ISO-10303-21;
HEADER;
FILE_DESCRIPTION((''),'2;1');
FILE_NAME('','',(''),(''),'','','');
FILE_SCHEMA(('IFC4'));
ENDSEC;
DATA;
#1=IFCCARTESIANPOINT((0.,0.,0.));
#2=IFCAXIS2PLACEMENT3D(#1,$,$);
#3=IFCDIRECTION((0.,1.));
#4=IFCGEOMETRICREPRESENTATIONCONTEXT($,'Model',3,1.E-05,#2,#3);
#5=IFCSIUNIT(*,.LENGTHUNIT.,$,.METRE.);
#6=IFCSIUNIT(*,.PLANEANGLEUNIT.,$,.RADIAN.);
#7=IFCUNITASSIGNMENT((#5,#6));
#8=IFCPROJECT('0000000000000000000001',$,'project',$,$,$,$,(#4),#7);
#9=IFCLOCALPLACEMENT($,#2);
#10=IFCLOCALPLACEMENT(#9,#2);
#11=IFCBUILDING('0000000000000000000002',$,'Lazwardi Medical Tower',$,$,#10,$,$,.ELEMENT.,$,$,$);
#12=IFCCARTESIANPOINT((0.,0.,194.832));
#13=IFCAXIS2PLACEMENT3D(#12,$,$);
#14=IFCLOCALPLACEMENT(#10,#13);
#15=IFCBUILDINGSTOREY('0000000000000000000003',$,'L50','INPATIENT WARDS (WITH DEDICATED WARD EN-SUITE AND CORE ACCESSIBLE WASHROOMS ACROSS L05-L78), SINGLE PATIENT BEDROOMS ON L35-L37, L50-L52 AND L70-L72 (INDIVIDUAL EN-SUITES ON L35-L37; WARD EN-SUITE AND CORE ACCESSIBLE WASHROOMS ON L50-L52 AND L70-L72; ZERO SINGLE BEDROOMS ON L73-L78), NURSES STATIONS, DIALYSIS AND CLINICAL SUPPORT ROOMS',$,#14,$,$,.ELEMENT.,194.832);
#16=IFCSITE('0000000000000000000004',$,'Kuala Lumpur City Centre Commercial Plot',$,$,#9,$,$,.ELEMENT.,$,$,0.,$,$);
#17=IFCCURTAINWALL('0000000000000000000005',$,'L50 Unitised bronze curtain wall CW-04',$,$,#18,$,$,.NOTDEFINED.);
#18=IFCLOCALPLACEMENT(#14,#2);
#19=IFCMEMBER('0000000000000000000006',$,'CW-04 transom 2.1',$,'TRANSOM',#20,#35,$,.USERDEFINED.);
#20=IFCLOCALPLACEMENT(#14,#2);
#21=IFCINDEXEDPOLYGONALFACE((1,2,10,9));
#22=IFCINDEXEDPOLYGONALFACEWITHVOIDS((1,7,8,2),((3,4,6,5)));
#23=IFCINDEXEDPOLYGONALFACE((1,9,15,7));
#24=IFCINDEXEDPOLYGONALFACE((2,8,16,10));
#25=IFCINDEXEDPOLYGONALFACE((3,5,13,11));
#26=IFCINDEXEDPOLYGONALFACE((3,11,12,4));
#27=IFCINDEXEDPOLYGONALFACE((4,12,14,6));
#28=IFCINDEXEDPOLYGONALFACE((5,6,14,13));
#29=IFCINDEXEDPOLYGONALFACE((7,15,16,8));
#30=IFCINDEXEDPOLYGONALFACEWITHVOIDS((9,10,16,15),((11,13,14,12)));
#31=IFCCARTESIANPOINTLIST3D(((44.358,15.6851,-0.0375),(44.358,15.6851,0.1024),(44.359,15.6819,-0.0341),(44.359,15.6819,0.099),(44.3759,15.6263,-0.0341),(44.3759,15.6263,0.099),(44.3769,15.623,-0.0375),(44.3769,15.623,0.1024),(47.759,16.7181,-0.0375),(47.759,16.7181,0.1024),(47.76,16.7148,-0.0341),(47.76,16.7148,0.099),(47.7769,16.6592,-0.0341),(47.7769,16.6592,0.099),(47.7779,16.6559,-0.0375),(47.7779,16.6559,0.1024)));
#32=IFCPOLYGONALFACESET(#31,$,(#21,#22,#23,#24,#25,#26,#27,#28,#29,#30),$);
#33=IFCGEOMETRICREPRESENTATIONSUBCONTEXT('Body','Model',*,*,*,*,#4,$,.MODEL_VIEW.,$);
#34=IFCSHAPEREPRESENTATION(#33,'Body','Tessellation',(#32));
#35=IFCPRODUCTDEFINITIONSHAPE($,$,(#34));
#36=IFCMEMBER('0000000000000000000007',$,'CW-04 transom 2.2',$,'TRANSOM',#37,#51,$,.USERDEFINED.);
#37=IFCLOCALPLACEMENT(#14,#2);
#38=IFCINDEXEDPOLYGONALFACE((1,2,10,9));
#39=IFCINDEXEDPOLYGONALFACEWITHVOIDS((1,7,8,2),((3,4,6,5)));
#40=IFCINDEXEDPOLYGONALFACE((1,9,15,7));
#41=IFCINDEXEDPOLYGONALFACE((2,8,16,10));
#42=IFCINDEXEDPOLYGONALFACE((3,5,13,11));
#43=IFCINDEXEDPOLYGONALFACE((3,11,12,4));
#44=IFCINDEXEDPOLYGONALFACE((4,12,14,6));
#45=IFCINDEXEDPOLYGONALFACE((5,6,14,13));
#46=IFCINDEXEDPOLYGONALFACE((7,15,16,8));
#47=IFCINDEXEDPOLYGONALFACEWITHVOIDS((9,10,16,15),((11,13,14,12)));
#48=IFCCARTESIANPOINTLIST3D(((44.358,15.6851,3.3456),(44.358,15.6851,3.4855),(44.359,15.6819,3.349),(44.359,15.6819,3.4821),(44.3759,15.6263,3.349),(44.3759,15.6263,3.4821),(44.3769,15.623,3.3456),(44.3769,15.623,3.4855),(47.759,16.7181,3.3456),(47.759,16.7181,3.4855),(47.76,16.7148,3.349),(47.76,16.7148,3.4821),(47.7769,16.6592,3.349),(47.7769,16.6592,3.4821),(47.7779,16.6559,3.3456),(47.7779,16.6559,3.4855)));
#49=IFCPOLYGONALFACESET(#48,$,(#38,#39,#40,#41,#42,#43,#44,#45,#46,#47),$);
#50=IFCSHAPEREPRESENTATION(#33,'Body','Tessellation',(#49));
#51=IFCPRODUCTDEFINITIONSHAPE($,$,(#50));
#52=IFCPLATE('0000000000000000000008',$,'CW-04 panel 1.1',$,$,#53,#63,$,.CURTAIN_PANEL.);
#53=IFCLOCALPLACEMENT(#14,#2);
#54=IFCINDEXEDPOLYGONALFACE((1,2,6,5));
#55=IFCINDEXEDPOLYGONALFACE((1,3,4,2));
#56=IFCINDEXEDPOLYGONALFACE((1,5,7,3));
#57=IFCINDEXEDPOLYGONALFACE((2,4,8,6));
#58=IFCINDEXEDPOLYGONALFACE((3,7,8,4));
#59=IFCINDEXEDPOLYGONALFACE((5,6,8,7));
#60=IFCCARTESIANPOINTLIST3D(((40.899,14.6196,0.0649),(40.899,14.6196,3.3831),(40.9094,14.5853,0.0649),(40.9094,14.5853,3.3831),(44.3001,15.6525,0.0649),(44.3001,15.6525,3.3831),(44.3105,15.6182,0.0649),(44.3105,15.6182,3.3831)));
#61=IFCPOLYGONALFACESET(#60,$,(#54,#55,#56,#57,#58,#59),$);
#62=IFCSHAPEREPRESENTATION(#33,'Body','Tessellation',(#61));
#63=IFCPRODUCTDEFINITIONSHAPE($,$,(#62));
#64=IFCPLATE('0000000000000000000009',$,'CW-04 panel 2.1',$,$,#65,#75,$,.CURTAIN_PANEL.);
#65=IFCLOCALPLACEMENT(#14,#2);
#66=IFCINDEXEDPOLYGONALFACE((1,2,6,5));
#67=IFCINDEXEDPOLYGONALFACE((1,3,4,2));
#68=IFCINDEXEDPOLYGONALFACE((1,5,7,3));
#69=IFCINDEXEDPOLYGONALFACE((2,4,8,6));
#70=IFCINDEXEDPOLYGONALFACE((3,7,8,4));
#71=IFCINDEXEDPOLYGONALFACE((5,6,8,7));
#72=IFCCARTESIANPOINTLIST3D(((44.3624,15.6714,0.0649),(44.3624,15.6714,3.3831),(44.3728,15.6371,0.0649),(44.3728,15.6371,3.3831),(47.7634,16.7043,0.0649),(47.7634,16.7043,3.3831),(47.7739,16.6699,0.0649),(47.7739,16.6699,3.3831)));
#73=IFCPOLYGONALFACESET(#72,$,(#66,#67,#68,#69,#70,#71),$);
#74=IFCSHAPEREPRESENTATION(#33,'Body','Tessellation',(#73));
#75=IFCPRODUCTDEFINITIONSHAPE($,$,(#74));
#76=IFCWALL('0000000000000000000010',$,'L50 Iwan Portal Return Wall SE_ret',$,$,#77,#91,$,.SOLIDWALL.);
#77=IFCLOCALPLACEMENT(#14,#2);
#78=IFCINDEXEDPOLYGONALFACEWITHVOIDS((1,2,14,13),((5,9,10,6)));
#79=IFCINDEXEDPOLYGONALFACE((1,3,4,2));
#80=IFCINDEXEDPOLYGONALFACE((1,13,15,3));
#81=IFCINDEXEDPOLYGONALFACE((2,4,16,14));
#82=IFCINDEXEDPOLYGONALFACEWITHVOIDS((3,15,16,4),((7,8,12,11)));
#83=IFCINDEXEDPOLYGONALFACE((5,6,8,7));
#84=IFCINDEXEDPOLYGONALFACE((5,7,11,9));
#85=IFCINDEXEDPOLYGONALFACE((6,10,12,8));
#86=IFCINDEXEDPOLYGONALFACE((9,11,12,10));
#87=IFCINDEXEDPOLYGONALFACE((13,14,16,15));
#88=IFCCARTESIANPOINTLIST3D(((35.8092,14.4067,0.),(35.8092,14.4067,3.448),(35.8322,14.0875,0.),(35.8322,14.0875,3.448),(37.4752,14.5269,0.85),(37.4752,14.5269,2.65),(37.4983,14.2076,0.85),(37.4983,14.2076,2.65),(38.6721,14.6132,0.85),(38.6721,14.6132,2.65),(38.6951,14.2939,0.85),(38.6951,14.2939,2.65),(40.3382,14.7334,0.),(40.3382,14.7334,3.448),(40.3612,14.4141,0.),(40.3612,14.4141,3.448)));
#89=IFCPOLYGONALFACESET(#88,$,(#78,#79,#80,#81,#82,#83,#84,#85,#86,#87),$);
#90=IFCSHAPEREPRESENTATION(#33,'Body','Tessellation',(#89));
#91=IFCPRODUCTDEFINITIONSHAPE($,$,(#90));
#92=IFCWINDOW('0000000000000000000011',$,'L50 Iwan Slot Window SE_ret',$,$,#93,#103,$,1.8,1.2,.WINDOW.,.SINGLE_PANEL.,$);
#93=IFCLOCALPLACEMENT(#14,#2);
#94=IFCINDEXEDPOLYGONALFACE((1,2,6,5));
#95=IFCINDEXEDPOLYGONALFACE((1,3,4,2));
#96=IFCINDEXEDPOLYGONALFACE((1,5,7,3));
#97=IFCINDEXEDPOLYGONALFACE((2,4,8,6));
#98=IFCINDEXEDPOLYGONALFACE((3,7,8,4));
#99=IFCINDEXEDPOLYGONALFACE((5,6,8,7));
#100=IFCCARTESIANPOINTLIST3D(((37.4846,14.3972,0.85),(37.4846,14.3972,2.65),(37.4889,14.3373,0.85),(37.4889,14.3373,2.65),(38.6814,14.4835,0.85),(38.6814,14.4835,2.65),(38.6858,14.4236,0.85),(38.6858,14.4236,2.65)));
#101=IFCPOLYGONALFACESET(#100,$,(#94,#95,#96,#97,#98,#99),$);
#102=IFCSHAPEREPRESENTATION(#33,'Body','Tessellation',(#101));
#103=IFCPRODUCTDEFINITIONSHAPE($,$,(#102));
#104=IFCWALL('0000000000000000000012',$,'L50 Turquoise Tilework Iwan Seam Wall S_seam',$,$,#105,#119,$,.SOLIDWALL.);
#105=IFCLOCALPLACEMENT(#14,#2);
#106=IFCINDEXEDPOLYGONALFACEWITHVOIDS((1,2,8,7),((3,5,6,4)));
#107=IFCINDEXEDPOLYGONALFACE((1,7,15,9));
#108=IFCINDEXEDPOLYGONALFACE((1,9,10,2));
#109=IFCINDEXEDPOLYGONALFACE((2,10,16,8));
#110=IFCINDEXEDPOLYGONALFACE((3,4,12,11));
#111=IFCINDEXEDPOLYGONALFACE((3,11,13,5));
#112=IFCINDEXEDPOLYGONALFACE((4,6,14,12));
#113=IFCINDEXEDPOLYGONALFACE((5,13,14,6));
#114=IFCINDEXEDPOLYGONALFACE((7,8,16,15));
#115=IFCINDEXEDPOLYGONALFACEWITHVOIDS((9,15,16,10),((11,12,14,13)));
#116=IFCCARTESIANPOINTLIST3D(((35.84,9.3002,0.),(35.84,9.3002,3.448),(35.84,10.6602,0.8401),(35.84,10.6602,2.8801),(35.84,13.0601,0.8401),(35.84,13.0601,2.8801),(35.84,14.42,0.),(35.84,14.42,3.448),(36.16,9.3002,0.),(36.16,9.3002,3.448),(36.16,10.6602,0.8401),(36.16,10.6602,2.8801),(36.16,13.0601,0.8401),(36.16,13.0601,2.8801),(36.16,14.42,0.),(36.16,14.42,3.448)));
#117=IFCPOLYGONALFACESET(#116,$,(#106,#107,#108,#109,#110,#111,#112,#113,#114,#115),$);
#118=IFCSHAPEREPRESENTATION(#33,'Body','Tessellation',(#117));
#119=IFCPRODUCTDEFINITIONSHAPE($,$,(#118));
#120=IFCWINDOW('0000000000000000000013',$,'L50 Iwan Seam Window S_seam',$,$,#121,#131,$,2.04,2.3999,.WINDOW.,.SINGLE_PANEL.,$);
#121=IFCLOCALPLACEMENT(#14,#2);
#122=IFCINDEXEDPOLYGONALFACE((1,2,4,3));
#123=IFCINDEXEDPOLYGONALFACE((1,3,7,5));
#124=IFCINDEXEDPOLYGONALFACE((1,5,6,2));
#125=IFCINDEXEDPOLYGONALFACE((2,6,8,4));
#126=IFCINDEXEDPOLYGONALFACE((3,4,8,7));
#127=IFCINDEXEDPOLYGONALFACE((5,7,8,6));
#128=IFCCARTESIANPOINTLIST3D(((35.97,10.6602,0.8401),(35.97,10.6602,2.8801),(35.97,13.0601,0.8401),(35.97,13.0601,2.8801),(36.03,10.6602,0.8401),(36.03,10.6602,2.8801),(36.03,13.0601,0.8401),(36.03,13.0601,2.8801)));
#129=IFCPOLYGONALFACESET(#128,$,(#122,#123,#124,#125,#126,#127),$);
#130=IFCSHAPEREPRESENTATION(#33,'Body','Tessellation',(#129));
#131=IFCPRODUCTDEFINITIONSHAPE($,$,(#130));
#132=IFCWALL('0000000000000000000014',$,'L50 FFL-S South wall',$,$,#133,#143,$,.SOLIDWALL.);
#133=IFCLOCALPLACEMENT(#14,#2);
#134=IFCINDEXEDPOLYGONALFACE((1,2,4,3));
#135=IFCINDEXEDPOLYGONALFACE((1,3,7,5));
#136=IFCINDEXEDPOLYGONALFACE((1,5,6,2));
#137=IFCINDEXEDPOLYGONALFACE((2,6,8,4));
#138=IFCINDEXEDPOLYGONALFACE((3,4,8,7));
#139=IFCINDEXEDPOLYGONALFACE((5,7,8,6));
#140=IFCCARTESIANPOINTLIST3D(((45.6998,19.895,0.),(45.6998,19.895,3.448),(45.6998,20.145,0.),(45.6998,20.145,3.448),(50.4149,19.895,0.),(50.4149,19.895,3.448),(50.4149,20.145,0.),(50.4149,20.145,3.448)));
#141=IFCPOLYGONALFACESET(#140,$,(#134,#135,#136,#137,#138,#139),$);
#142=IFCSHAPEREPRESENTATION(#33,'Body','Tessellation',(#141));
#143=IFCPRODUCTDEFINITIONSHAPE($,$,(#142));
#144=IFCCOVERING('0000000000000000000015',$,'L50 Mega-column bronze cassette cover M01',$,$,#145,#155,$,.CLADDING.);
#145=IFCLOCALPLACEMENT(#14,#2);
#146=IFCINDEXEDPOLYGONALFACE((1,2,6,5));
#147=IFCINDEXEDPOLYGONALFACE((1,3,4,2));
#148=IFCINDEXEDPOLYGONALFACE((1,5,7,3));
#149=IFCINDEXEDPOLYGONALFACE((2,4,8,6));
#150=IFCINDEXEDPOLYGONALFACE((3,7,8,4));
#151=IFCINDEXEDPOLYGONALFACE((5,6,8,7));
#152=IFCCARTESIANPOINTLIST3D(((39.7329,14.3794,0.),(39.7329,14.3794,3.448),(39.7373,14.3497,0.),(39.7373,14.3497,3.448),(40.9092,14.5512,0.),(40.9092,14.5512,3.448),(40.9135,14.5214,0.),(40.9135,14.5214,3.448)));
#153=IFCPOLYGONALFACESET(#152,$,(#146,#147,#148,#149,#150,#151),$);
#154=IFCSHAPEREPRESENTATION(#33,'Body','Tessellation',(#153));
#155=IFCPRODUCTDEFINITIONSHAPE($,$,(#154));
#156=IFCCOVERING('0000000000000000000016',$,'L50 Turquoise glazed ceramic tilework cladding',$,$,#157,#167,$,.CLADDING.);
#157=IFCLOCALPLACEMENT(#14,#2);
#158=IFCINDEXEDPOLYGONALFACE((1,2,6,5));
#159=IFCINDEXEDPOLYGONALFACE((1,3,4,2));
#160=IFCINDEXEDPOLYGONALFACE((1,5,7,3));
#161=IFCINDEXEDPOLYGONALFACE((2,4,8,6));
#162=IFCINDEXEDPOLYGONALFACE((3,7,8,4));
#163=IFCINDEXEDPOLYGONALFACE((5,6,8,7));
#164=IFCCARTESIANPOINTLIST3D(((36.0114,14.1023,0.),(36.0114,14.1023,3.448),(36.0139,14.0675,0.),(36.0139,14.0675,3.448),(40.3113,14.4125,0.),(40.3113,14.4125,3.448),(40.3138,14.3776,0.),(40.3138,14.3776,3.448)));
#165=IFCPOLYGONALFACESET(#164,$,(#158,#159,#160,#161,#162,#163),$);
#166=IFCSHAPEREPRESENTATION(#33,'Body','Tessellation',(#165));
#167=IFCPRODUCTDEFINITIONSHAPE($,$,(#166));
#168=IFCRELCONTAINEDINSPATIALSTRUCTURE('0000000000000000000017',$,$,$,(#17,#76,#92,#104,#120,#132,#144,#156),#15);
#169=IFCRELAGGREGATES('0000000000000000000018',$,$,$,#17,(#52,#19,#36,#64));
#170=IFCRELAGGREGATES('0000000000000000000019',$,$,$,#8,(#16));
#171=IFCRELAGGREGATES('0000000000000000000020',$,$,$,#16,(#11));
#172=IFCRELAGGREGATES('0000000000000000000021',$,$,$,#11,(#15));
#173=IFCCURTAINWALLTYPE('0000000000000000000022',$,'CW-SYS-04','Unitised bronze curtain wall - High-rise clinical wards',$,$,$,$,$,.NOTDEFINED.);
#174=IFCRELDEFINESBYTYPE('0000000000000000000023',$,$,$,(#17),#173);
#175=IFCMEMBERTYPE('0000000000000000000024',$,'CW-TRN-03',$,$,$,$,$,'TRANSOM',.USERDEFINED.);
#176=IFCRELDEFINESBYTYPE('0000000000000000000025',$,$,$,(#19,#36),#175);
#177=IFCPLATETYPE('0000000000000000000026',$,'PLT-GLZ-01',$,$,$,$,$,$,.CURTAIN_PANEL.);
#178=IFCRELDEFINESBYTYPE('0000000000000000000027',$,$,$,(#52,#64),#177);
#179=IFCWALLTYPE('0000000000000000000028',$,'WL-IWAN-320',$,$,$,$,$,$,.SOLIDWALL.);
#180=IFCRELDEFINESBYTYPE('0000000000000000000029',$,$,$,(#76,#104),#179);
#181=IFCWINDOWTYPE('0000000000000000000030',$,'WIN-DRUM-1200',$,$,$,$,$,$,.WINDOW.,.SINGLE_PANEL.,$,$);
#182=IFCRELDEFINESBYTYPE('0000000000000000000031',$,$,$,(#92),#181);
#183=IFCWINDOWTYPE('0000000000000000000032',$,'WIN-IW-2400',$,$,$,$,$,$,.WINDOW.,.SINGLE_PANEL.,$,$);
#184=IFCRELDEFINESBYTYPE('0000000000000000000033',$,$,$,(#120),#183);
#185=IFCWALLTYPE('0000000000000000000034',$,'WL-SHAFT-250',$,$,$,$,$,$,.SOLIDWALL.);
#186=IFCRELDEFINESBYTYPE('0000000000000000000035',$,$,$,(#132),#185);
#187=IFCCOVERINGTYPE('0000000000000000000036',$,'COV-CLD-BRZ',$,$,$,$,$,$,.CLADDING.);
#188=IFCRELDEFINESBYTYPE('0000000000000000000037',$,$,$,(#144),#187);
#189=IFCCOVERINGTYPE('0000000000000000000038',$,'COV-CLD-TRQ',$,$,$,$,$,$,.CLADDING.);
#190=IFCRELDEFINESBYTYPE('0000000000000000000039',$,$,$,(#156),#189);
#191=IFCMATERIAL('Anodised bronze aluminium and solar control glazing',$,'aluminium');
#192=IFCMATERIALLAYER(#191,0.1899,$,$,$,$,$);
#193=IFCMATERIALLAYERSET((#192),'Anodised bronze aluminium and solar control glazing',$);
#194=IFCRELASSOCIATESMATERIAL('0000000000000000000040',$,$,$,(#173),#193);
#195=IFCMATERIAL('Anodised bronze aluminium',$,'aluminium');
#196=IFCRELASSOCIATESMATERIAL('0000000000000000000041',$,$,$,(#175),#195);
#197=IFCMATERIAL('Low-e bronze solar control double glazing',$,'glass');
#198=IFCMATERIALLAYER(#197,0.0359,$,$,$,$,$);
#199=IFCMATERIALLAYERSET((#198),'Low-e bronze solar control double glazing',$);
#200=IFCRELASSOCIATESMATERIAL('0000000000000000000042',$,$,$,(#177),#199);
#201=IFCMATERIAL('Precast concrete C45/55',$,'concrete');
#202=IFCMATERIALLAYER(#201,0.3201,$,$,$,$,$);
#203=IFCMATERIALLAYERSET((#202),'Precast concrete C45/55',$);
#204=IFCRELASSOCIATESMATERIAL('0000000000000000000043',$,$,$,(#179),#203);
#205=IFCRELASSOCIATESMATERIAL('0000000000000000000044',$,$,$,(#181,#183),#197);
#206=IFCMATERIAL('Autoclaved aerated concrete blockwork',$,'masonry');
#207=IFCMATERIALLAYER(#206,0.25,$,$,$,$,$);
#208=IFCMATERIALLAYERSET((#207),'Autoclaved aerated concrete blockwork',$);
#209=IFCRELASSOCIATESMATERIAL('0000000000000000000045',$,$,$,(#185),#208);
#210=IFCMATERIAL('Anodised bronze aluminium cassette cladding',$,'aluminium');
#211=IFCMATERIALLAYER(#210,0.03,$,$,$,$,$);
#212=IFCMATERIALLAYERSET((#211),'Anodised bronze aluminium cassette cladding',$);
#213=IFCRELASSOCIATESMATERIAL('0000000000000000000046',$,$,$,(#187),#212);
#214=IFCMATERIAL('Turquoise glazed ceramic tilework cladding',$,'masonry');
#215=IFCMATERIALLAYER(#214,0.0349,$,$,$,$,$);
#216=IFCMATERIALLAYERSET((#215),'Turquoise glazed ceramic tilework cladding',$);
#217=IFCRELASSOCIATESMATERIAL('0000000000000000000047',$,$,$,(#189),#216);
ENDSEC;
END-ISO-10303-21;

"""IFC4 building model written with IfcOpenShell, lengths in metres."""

from ifc_helpers import new_model, si_unit, direction, frame, frame_2d, origin, origin_2d, place, context, subcontext, project, spatial, rectangle, hollow_rectangle, extrude, material, layer, layer_set, material_profile, profile_set, type_object, element, fill, aggregate, save


model = new_model("IFC4")

# Units and contexts
model_context = context("Model", 3, precision=1e-05, world=origin(), true_north=direction((0.0, 1.0)))
body_context = subcontext(model_context, "Body", "Model", "MODEL_VIEW")
ifc_project = project(units=[si_unit("LENGTHUNIT", "METRE"), si_unit("PLANEANGLEUNIT", "RADIAN")], contexts=[model_context])

# Site, building, storey
site_placement = place(None, origin())
site = spatial("IfcSite", under=ifc_project, at=site_placement, Name="Kuala Lumpur City Centre Commercial Plot", CompositionType="ELEMENT", RefElevation=0.0)
building_placement = place(site_placement, origin())
building = spatial("IfcBuilding", under=site, at=building_placement, Name="Lazwardi Medical Tower", CompositionType="ELEMENT")
storey_placement = place(building_placement, frame((0.0, 0.0, 194.832)))
storey = spatial("IfcBuildingStorey", under=building, at=storey_placement, Name="L50", Description="INPATIENT WARDS (WITH DEDICATED WARD EN-SUITE AND CORE ACCESSIBLE WASHROOMS ACROSS L05-L78), SINGLE PATIENT BEDROOMS ON L35-L37, L50-L52 AND L70-L72 (INDIVIDUAL EN-SUITES ON L35-L37; WARD EN-SUITE AND CORE ACCESSIBLE WASHROOMS ON L50-L52 AND L70-L72; ZERO SINGLE BEDROOMS ON L73-L78), NURSES STATIONS, DIALYSIS AND CLINICAL SUPPORT ROOMS", CompositionType="ELEMENT", Elevation=194.832)

# Curtain wall, members, plates
ifc_material_1 = material(Name="Anodised bronze aluminium and solar control glazing", Category="aluminium")
ifc_layer_1 = layer(ifc_material_1, 0.1899)
ifc_layer_set_1 = layer_set([ifc_layer_1], Name="Anodised bronze aluminium and solar control glazing")
curtain_wall_type = type_object("IfcCurtainWallType", Name="CW-SYS-04", Description="Unitised bronze curtain wall - High-rise clinical wards", PredefinedType="NOTDEFINED", material=ifc_layer_set_1)
curtain_wall_placement = place(storey_placement, origin())
curtain_wall = element("IfcCurtainWall", 1, at=curtain_wall_placement, inside=storey, type_object=curtain_wall_type, Name="L50 Unitised bronze curtain wall CW-04", PredefinedType="NOTDEFINED")
ifc_material_2 = material(Name="Anodised bronze aluminium", Category="aluminium")
ifc_material_profile_1 = material_profile(ifc_material_2, hollow_rectangle(XDim=0.0649, YDim=0.1399, WallThickness=0.0034, at=origin_2d()), Name="ALU-TRANSOM 140x65x3.5")
ifc_profile_set_1 = profile_set([ifc_material_profile_1], Name="Anodised bronze aluminium")
member_type_1 = type_object("IfcMemberType", Name="CW-TRN-03", ElementType="TRANSOM", PredefinedType="USERDEFINED", material=ifc_profile_set_1)
member_1_placement = place(storey_placement, frame((44.3674, 15.6541, 0.0325), z_axis=(0.956843, 0.290604, 0.0), x_axis=(-0.290604, 0.956843, 0.0)))
member_1 = element("IfcMember", 2, at=member_1_placement, type_object=member_type_1, Name="CW-04 transom 2.1", ObjectType="TRANSOM", PredefinedType="USERDEFINED", context=body_context, shape_type="SweptSolid", body=[
    extrude(hollow_rectangle(XDim=0.0649, YDim=0.1399, WallThickness=0.0034, at=origin_2d()), origin(), (0.0, 0.0, 1.0), 3.5544),
])
member_2_placement = place(storey_placement, frame((44.3674, 15.6541, 3.4155), z_axis=(0.956843, 0.290604, 0.0), x_axis=(-0.290604, 0.956843, 0.0)))
member_2 = element("IfcMember", 3, at=member_2_placement, type_object=member_type_1, Name="CW-04 transom 2.2", ObjectType="TRANSOM", PredefinedType="USERDEFINED", context=body_context, shape_type="SweptSolid", body=[
    extrude(hollow_rectangle(XDim=0.0649, YDim=0.1399, WallThickness=0.0034, at=origin_2d()), origin(), (0.0, 0.0, 1.0), 3.5544),
])
ifc_material_3 = material(Name="Low-e bronze solar control double glazing", Category="glass")
ifc_layer_2 = layer(ifc_material_3, 0.0359)
ifc_layer_set_2 = layer_set([ifc_layer_2], Name="Low-e bronze solar control double glazing")
plate_type = type_object("IfcPlateType", Name="PLT-GLZ-01", PredefinedType="CURTAIN_PANEL", material=ifc_layer_set_2)
plate_1_placement = place(storey_placement, frame((42.6047, 15.1189, 0.0649), z_axis=(0.0, 0.0, 1.0), x_axis=(0.95685, 0.290582, 0.0)))
plate_1 = element("IfcPlate", 4, at=plate_1_placement, type_object=plate_type, Name="CW-04 panel 1.1", PredefinedType="CURTAIN_PANEL", context=body_context, shape_type="SweptSolid", body=[
    extrude(rectangle(XDim=3.5544, YDim=0.0359, at=origin_2d()), origin(), (0.0, 0.0, 1.0), 3.3181),
])
plate_2_placement = place(storey_placement, frame((46.0681, 16.1707, 0.0649), z_axis=(0.0, 0.0, 1.0), x_axis=(0.95685, 0.290582, 0.0)))
plate_2 = element("IfcPlate", 5, at=plate_2_placement, type_object=plate_type, Name="CW-04 panel 2.1", PredefinedType="CURTAIN_PANEL", context=body_context, shape_type="SweptSolid", body=[
    extrude(rectangle(XDim=3.5544, YDim=0.0359, at=origin_2d()), origin(), (0.0, 0.0, 1.0), 3.3181),
])
aggregate(curtain_wall, [plate_1, member_1, member_2, plate_2])

# Walls, openings, windows
ifc_material_4 = material(Name="Precast concrete C45/55", Category="concrete")
ifc_layer_3 = layer(ifc_material_4, 0.3201)
ifc_layer_set_3 = layer_set([ifc_layer_3], Name="Precast concrete C45/55")
wall_type_1 = type_object("IfcWallType", Name="WL-IWAN-320", PredefinedType="SOLIDWALL", material=ifc_layer_set_3)
wall_1_placement = place(storey_placement, frame((35.8206, 14.2471, 0.0), z_axis=(0.0, 0.0, 1.0), x_axis=(0.997409, 0.071939, 0.0)))
wall_1 = element("IfcWall", 6, at=wall_1_placement, inside=storey, type_object=wall_type_1, Name="L50 Iwan Portal Return Wall SE_ret", PredefinedType="SOLIDWALL", context=body_context, shape_type="SweptSolid", body=[
    extrude(rectangle(XDim=4.5408, YDim=0.3201, at=frame_2d((2.2705, 0.0))), origin(), (0.0, 0.0, 1.0), 3.448),
])
opening_1_placement = place(wall_1_placement, frame((1.6704, 0.0, 0.8501)))
opening_1 = element("IfcOpeningElement", 7, at=opening_1_placement, cuts=wall_1, PredefinedType="OPENING", context=body_context, shape_type="SweptSolid", body=[
    extrude(rectangle(XDim=1.2, YDim=1.8, at=frame_2d((0.6001, 0.8999))), frame((0.0, 0.1699, 0.0), z_axis=(0.0, -1.0, 0.0), x_axis=(1.0, 0.0, 0.0)), (0.0, 0.0, 1.0), 0.3401),
])
window_type_1 = type_object("IfcWindowType", Name="WIN-DRUM-1200", PartitioningType="SINGLE_PANEL", PredefinedType="WINDOW", material=ifc_material_3)
window_1_placement = place(opening_1_placement, origin())
window_1 = element("IfcWindow", 8, at=window_1_placement, inside=storey, type_object=window_type_1, Name="L50 Iwan Slot Window SE_ret", OverallHeight=1.8, OverallWidth=1.2, PartitioningType="SINGLE_PANEL", PredefinedType="WINDOW", context=body_context, shape_type="SweptSolid", body=[
    extrude(rectangle(XDim=1.2, YDim=1.8, at=frame_2d((0.6001, 0.8999))), frame((0.0, 0.03, 0.0), z_axis=(0.0, -1.0, 0.0), x_axis=(1.0, 0.0, 0.0)), (0.0, 0.0, 1.0), 0.0601),
])
fill(opening_1, window_1)
wall_2_placement = place(storey_placement, frame((36.0, 9.3, 0.0), z_axis=(0.0, 0.0, 1.0), x_axis=(0.0, 1.0, 0.0)))
wall_2 = element("IfcWall", 9, at=wall_2_placement, inside=storey, type_object=wall_type_1, Name="L50 Turquoise Tilework Iwan Seam Wall S_seam", PredefinedType="SOLIDWALL", context=body_context, shape_type="SweptSolid", body=[
    extrude(rectangle(XDim=5.1199, YDim=0.3201, at=frame_2d((2.5601, 0.0))), origin(), (0.0, 0.0, 1.0), 3.448),
])
opening_2_placement = place(wall_2_placement, frame((1.3601, 0.0, 0.8401)))
opening_2 = element("IfcOpeningElement", 10, at=opening_2_placement, cuts=wall_2, PredefinedType="OPENING", context=body_context, shape_type="SweptSolid", body=[
    extrude(rectangle(XDim=2.3999, YDim=2.04, at=frame_2d((1.2, 1.02))), frame((0.0, 0.1699, 0.0), z_axis=(0.0, -1.0, 0.0), x_axis=(1.0, 0.0, 0.0)), (0.0, 0.0, 1.0), 0.3401),
])
window_type_2 = type_object("IfcWindowType", Name="WIN-IW-2400", PartitioningType="SINGLE_PANEL", PredefinedType="WINDOW", material=ifc_material_3)
window_2_placement = place(opening_2_placement, origin())
window_2 = element("IfcWindow", 11, at=window_2_placement, inside=storey, type_object=window_type_2, Name="L50 Iwan Seam Window S_seam", OverallHeight=2.04, OverallWidth=2.3999, PartitioningType="SINGLE_PANEL", PredefinedType="WINDOW", context=body_context, shape_type="SweptSolid", body=[
    extrude(rectangle(XDim=2.3999, YDim=2.04, at=frame_2d((1.2, 1.02))), frame((0.0, 0.03, 0.0), z_axis=(0.0, -1.0, 0.0), x_axis=(1.0, 0.0, 0.0)), (0.0, 0.0, 1.0), 0.0601),
])
fill(opening_2, window_2)

# Wall
ifc_material_5 = material(Name="Autoclaved aerated concrete blockwork", Category="masonry")
ifc_layer_4 = layer(ifc_material_5, 0.25)
ifc_layer_set_4 = layer_set([ifc_layer_4], Name="Autoclaved aerated concrete blockwork")
wall_type_2 = type_object("IfcWallType", Name="WL-SHAFT-250", PredefinedType="SOLIDWALL", material=ifc_layer_set_4)
wall_3_placement = place(storey_placement, frame((45.7, 20.02, 0.0), z_axis=(0.0, 0.0, 1.0), x_axis=(1.0, 0.0, 0.0)))
element("IfcWall", 12, at=wall_3_placement, inside=storey, type_object=wall_type_2, Name="L50 FFL-S South wall", PredefinedType="SOLIDWALL", context=body_context, shape_type="SweptSolid", body=[
    extrude(rectangle(XDim=4.7151, YDim=0.25, at=frame_2d((2.3574, 0.0))), origin(), (0.0, 0.0, 1.0), 3.448),
])

# Coverings
ifc_material_6 = material(Name="Anodised bronze aluminium cassette cladding", Category="aluminium")
ifc_layer_5 = layer(ifc_material_6, 0.03)
ifc_layer_set_5 = layer_set([ifc_layer_5], Name="Anodised bronze aluminium cassette cladding")
covering_type_1 = type_object("IfcCoveringType", Name="COV-CLD-BRZ", PredefinedType="CLADDING", material=ifc_layer_set_5)
covering_1_placement = place(storey_placement, frame((40.3232, 14.4504, 0.0), z_axis=(0.0, 0.0, 1.0), x_axis=(0.989512, 0.144448, 0.0)))
element("IfcCovering", 13, at=covering_1_placement, inside=storey, type_object=covering_type_1, Name="L50 Mega-column bronze cassette cover M01", PredefinedType="CLADDING", context=body_context, shape_type="SweptSolid", body=[
    extrude(rectangle(XDim=1.1887, YDim=0.03, at=origin_2d()), origin(), (0.0, 0.0, 1.0), 3.448),
])
ifc_material_7 = material(Name="Turquoise glazed ceramic tilework cladding", Category="masonry")
ifc_layer_6 = layer(ifc_material_7, 0.0349)
ifc_layer_set_6 = layer_set([ifc_layer_6], Name="Turquoise glazed ceramic tilework cladding")
covering_type_2 = type_object("IfcCoveringType", Name="COV-CLD-TRQ", PredefinedType="CLADDING", material=ifc_layer_set_6)
covering_2_placement = place(storey_placement, frame((38.1626, 14.24, 0.0), z_axis=(0.0, 0.0, 1.0), x_axis=(0.997409, 0.071933, 0.0)))
element("IfcCovering", 14, at=covering_2_placement, inside=storey, type_object=covering_type_2, Name="L50 Turquoise glazed ceramic tilework cladding", PredefinedType="CLADDING", context=body_context, shape_type="SweptSolid", body=[
    extrude(rectangle(XDim=4.311, YDim=0.0349, at=origin_2d()), origin(), (0.0, 0.0, 1.0), 3.448),
])

save(model, "model.ifc")
